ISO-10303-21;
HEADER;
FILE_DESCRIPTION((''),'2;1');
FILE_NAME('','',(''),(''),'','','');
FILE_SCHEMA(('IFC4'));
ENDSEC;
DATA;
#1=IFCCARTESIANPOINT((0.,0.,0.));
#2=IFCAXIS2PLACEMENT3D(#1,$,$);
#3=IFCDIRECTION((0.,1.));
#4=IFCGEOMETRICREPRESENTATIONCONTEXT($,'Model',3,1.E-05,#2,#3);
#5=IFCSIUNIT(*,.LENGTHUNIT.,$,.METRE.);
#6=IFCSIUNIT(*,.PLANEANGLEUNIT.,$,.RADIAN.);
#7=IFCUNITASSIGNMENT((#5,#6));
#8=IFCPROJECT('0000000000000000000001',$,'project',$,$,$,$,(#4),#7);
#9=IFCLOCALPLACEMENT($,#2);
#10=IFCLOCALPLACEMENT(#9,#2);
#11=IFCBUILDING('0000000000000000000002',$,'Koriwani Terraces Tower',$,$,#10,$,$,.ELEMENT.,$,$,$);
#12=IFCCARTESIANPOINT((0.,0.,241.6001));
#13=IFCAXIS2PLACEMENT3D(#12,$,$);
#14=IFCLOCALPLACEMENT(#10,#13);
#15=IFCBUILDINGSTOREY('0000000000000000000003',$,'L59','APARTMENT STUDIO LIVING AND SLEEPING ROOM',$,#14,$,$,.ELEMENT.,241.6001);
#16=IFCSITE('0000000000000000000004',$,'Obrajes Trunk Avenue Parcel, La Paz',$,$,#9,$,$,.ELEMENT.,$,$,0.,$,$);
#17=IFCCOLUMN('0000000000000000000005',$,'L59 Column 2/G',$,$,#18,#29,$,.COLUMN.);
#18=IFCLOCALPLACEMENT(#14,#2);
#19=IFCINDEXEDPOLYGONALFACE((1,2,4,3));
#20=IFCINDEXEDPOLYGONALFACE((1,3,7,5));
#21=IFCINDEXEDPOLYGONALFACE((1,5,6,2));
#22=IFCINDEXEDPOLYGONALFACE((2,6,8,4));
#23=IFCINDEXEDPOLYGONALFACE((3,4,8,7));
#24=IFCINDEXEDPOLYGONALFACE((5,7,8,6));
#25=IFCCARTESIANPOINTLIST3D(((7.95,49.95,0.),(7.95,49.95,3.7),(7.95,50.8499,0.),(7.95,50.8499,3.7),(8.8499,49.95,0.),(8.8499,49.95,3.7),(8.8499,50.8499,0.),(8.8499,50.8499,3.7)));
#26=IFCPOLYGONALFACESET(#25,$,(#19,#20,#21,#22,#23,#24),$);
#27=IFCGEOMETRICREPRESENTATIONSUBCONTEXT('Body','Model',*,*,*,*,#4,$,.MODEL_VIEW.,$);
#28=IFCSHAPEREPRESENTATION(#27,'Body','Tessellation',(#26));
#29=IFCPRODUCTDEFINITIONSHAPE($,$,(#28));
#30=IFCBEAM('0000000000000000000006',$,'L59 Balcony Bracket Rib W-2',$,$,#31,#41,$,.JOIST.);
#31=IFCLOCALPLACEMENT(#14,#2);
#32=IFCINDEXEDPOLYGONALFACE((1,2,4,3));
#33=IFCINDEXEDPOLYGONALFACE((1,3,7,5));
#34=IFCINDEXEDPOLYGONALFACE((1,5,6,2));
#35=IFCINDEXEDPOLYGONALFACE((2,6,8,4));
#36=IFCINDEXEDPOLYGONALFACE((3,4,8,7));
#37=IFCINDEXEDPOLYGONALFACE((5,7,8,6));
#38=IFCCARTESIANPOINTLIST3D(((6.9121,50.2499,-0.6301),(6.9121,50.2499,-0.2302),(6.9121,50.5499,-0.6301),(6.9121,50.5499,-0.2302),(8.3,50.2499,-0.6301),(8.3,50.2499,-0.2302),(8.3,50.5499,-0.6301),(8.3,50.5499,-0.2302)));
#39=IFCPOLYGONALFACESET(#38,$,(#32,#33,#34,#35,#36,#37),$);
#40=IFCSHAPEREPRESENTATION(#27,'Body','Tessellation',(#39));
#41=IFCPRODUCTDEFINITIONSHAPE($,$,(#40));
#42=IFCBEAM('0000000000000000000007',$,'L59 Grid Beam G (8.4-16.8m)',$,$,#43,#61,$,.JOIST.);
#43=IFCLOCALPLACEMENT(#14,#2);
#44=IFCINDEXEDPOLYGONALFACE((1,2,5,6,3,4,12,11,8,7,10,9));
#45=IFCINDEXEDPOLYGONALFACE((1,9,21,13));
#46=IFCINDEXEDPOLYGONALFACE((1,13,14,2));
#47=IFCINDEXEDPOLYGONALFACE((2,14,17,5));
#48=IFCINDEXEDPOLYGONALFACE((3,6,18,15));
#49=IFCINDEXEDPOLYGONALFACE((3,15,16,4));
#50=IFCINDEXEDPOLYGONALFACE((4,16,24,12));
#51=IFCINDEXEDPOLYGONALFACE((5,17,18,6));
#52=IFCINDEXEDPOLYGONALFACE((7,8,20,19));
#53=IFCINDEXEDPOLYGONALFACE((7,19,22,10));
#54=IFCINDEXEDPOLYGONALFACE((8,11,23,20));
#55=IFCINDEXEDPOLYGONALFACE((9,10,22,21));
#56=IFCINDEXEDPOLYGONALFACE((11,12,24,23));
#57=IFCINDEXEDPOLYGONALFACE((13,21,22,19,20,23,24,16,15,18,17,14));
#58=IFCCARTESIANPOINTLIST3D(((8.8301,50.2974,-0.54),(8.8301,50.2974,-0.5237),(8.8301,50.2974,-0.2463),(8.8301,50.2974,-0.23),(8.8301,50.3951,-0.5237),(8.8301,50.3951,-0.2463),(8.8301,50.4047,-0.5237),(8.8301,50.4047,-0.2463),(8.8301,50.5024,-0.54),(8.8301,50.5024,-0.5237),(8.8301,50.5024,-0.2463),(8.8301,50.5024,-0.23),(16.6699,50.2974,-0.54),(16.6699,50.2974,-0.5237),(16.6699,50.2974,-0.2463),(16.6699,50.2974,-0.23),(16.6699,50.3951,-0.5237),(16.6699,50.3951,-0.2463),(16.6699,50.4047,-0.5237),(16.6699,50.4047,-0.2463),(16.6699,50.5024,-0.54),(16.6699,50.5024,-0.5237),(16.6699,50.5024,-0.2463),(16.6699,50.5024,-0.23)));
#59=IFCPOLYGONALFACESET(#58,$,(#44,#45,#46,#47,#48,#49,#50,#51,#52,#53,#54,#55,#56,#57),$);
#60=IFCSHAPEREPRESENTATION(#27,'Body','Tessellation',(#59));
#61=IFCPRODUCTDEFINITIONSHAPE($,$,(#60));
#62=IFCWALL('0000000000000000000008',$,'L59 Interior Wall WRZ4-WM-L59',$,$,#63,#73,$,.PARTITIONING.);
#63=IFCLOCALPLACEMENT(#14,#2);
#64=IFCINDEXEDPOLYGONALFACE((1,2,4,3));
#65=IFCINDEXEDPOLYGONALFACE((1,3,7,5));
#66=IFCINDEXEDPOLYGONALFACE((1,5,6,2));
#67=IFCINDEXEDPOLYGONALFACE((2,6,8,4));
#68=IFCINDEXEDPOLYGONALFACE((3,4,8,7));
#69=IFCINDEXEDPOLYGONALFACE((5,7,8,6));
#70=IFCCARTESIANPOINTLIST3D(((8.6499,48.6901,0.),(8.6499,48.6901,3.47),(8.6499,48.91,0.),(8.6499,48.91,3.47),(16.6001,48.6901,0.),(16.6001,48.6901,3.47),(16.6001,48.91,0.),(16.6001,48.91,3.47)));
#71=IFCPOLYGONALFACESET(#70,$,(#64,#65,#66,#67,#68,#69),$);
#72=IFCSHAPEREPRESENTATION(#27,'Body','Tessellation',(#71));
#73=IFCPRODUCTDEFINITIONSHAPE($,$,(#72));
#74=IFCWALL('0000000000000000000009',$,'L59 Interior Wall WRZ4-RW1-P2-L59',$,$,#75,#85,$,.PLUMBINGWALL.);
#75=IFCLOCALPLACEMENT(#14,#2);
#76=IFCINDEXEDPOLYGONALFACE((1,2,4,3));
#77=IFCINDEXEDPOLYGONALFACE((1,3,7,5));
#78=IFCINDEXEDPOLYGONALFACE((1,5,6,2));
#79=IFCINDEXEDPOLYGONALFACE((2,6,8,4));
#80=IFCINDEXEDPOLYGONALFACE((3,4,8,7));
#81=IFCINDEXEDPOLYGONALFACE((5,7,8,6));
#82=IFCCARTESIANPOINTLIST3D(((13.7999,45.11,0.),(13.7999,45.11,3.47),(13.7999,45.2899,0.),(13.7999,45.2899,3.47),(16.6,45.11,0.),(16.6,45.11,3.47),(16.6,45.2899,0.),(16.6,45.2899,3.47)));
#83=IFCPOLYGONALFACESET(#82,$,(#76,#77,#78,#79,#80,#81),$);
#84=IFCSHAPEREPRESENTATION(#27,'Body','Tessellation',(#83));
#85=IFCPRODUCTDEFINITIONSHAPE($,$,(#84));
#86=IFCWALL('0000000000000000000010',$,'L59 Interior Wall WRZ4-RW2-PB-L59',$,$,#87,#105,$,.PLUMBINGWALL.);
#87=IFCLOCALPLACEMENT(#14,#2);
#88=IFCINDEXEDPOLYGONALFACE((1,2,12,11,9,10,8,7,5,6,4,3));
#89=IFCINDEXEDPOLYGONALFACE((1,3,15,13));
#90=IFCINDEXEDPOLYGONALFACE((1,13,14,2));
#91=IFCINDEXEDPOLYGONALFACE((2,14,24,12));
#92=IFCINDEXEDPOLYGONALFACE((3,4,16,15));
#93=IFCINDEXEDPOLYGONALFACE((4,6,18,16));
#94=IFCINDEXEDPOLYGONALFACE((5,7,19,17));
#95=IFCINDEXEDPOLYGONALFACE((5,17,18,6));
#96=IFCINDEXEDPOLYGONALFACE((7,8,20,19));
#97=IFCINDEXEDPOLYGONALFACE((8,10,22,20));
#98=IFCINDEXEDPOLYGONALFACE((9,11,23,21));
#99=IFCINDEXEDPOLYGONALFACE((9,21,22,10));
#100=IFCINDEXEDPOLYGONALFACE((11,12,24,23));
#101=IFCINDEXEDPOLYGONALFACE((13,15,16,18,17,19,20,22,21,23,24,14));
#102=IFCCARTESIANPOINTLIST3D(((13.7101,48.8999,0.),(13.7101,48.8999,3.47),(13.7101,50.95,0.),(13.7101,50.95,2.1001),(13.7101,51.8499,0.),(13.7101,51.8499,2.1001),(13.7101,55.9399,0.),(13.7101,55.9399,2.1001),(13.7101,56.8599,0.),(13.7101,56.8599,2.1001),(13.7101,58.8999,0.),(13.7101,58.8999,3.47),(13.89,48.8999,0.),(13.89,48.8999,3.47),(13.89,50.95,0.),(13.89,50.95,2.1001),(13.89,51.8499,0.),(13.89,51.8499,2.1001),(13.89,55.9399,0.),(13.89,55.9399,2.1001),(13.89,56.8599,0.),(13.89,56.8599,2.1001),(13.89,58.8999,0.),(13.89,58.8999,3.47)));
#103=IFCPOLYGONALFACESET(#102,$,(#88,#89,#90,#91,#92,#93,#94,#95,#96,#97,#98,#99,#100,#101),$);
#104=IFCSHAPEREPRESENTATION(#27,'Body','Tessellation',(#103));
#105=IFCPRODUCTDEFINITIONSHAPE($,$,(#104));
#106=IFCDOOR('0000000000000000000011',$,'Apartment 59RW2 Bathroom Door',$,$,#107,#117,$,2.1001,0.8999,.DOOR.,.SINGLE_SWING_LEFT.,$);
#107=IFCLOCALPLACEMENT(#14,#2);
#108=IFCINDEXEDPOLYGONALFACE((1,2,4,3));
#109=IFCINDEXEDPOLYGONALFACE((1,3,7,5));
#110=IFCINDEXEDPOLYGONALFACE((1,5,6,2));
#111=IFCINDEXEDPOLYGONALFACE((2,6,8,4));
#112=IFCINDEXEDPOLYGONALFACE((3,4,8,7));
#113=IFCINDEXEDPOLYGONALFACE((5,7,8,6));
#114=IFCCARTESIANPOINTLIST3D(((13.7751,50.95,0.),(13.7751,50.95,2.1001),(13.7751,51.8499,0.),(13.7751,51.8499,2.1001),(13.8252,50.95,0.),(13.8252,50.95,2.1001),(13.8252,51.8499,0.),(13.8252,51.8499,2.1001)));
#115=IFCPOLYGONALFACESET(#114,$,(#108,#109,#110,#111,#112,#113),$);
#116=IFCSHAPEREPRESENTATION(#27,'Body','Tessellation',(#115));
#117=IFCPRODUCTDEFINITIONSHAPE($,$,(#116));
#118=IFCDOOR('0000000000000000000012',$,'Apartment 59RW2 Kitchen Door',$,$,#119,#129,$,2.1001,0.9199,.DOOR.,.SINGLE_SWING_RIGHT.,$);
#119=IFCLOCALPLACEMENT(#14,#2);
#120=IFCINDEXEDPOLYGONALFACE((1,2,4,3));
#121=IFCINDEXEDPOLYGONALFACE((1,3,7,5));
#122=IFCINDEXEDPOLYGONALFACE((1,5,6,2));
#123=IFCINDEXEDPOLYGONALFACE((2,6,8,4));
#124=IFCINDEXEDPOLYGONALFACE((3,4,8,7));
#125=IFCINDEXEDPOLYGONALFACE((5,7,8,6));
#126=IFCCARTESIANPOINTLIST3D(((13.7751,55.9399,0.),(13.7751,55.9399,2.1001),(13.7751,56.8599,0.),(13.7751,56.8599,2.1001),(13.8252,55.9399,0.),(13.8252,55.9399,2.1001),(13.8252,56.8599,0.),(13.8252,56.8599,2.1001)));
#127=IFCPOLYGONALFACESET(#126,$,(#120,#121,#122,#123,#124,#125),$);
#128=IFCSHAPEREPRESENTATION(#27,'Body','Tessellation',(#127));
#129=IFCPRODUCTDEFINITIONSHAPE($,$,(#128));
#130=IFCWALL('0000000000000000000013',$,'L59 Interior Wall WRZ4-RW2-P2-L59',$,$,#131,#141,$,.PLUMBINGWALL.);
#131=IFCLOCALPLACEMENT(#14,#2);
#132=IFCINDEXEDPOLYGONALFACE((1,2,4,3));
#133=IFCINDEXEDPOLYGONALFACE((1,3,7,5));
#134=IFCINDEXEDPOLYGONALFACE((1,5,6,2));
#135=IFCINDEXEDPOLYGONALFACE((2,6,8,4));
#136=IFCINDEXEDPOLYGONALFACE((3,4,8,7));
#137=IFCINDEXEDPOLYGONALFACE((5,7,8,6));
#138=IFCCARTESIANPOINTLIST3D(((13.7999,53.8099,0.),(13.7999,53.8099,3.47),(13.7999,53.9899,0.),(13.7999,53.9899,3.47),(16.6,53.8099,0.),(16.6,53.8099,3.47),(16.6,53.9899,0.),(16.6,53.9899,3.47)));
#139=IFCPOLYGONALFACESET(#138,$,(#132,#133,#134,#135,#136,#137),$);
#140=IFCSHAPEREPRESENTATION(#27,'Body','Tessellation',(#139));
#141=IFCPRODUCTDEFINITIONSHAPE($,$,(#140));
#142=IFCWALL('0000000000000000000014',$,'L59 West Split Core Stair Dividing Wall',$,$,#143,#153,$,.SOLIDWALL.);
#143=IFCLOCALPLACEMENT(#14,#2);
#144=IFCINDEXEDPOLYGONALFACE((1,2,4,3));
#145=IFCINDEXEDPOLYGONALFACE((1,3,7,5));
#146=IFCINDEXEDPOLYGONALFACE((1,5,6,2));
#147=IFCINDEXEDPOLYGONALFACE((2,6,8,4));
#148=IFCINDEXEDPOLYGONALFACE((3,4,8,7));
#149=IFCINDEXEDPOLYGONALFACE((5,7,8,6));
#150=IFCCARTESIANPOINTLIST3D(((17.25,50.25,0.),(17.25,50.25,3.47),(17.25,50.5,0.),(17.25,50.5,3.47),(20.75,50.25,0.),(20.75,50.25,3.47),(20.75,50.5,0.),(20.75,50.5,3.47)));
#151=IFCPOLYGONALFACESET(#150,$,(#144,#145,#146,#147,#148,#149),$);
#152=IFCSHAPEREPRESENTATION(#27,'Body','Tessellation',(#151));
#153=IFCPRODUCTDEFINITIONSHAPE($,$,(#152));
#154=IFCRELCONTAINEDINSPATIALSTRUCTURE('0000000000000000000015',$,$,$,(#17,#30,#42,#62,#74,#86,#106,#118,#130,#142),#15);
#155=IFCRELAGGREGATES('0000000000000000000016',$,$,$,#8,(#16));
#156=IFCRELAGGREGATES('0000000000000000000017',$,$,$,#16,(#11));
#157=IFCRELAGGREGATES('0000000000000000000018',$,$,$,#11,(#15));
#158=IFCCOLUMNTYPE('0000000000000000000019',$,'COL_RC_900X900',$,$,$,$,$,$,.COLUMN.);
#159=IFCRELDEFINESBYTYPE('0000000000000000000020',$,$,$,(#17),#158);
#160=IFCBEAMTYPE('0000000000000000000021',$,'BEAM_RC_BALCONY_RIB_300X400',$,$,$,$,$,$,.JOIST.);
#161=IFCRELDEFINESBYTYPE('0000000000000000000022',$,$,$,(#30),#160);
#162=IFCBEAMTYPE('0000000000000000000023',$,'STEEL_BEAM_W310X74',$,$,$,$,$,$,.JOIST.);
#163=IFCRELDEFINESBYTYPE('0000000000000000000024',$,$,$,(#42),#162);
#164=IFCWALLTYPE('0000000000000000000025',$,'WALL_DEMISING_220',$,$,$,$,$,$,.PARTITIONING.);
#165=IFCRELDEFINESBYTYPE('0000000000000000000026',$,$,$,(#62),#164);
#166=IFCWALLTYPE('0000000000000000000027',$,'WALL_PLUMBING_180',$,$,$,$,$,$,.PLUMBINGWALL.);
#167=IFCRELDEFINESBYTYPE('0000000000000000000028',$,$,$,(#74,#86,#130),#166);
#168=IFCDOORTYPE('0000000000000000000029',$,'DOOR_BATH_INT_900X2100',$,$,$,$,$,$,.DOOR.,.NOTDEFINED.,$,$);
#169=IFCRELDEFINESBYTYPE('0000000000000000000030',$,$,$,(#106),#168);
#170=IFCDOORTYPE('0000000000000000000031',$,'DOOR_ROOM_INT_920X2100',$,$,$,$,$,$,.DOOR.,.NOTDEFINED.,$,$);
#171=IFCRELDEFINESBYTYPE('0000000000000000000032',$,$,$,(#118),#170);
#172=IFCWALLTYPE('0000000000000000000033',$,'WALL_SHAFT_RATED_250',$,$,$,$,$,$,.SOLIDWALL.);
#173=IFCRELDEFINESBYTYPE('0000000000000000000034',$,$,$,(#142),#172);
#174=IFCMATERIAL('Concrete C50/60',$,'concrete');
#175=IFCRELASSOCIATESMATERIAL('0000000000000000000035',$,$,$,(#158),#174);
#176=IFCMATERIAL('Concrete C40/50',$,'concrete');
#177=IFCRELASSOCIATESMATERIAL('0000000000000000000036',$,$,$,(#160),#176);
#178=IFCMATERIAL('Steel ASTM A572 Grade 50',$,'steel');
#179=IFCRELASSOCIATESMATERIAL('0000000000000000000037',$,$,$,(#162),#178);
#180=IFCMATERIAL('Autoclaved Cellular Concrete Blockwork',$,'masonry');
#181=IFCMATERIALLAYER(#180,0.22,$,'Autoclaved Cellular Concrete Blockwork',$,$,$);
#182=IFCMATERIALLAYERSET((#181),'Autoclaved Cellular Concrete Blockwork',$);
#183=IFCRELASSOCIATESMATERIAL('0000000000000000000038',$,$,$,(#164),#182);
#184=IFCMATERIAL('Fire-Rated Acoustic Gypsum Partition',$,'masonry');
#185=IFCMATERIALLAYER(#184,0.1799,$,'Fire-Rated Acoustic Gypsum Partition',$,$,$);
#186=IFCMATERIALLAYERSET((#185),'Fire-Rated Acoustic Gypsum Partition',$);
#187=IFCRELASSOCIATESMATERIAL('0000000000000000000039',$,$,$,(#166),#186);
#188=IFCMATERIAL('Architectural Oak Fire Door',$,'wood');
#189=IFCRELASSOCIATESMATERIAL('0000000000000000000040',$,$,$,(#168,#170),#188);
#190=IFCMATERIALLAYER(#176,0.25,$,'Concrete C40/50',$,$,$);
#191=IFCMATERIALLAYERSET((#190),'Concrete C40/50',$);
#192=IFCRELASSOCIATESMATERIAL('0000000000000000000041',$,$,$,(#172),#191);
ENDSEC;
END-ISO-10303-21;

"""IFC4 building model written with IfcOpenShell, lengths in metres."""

from ifc_helpers import new_model, si_unit, direction, frame, frame_2d, origin, origin_2d, place, context, subcontext, project, spatial, rectangle, i_section, extrude, material, layer, layer_set, material_profile, profile_set, type_object, element, fill, save


model = new_model("IFC4")

# Units and contexts
model_context = context("Model", 3, precision=1e-05, world=origin(), true_north=direction((0.0, 1.0)))
body_context = subcontext(model_context, "Body", "Model", "MODEL_VIEW")
ifc_project = project(units=[si_unit("LENGTHUNIT", "METRE"), si_unit("PLANEANGLEUNIT", "RADIAN")], contexts=[model_context])

# Site, building, storey
site_placement = place(None, origin())
site = spatial("IfcSite", under=ifc_project, at=site_placement, Name="Obrajes Trunk Avenue Parcel, La Paz", CompositionType="ELEMENT", RefElevation=0.0)
building_placement = place(site_placement, origin())
building = spatial("IfcBuilding", under=site, at=building_placement, Name="Koriwani Terraces Tower", CompositionType="ELEMENT")
storey_placement = place(building_placement, frame((0.0, 0.0, 241.6001)))
storey = spatial("IfcBuildingStorey", under=building, at=storey_placement, Name="L59", Description="APARTMENT STUDIO LIVING AND SLEEPING ROOM", CompositionType="ELEMENT", Elevation=241.6001)

# Column
ifc_material_1 = material(Name="Concrete C50/60", Category="concrete")
ifc_material_profile_1 = material_profile(ifc_material_1, rectangle(XDim=0.8999, YDim=0.8999, at=origin_2d()), Name="Concrete C50/60", Category="LoadBearing")
ifc_profile_set_1 = profile_set([ifc_material_profile_1], Name="Concrete C50/60")
column_type = type_object("IfcColumnType", Name="COL_RC_900X900", PredefinedType="COLUMN", material=ifc_profile_set_1)
column_placement = place(storey_placement, frame((8.3999, 50.3999, 0.0), z_axis=(0.0, 0.0, 1.0), x_axis=(1.0, 0.0, 0.0)))
element("IfcColumn", 1, at=column_placement, inside=storey, type_object=column_type, Name="L59 Column 2/G", PredefinedType="COLUMN", context=body_context, shape_type="SweptSolid", body=[
    extrude(rectangle(XDim=0.8999, YDim=0.8999, at=origin_2d()), origin(), (0.0, 0.0, 1.0), 3.7),
])

# Beams
ifc_material_2 = material(Name="Concrete C40/50", Category="concrete")
ifc_material_profile_2 = material_profile(ifc_material_2, rectangle(XDim=0.3, YDim=0.3999, at=origin_2d()), Name="Concrete C40/50", Category="LoadBearing")
ifc_profile_set_2 = profile_set([ifc_material_profile_2], Name="Concrete C40/50")
beam_type_1 = type_object("IfcBeamType", Name="BEAM_RC_BALCONY_RIB_300X400", PredefinedType="JOIST", material=ifc_profile_set_2)
beam_1_placement = place(storey_placement, frame((6.9121, 50.3999, -0.4302), z_axis=(1.0, 0.0, 0.0), x_axis=(0.0, 1.0, 0.0)))
element("IfcBeam", 2, at=beam_1_placement, inside=storey, type_object=beam_type_1, Name="L59 Balcony Bracket Rib W-2", PredefinedType="JOIST", context=body_context, shape_type="SweptSolid", body=[
    extrude(rectangle(XDim=0.3, YDim=0.3999, at=origin_2d()), origin(), (0.0, 0.0, 1.0), 1.3879),
])
ifc_material_3 = material(Name="Steel ASTM A572 Grade 50", Category="steel")
ifc_material_profile_3 = material_profile(ifc_material_3, i_section(OverallWidth=0.2051, OverallDepth=0.3101, WebThickness=0.0095, FlangeThickness=0.0164, at=origin_2d()), Name="Steel ASTM A572 Grade 50", Category="LoadBearing")
ifc_profile_set_3 = profile_set([ifc_material_profile_3], Name="Steel ASTM A572 Grade 50")
beam_type_2 = type_object("IfcBeamType", Name="STEEL_BEAM_W310X74", PredefinedType="JOIST", material=ifc_profile_set_3)
beam_2_placement = place(storey_placement, frame((8.8301, 50.3999, -0.385), z_axis=(1.0, 0.0, 0.0), x_axis=(0.0, 1.0, 0.0)))
element("IfcBeam", 3, at=beam_2_placement, inside=storey, type_object=beam_type_2, Name="L59 Grid Beam G (8.4-16.8m)", PredefinedType="JOIST", context=body_context, shape_type="SweptSolid", body=[
    extrude(i_section(OverallWidth=0.2051, OverallDepth=0.3101, WebThickness=0.0095, FlangeThickness=0.0164, at=origin_2d()), origin(), (0.0, 0.0, 1.0), 7.8398),
])

# Walls
ifc_material_4 = material(Name="Autoclaved Cellular Concrete Blockwork", Category="masonry")
ifc_layer_1 = layer(ifc_material_4, 0.22, Name="Autoclaved Cellular Concrete Blockwork")
ifc_layer_set_1 = layer_set([ifc_layer_1], Name="Autoclaved Cellular Concrete Blockwork")
wall_type_1 = type_object("IfcWallType", Name="WALL_DEMISING_220", PredefinedType="PARTITIONING", material=ifc_layer_set_1)
wall_1_placement = place(storey_placement, frame((8.6499, 48.8, 0.0), z_axis=(0.0, 0.0, 1.0), x_axis=(1.0, 0.0, 0.0)))
element("IfcWall", 4, at=wall_1_placement, inside=storey, type_object=wall_type_1, Name="L59 Interior Wall WRZ4-WM-L59", PredefinedType="PARTITIONING", context=body_context, shape_type="SweptSolid", body=[
    extrude(rectangle(XDim=7.9502, YDim=0.22, at=frame_2d((3.9751, 0.0))), origin(), (0.0, 0.0, 1.0), 3.47),
])
ifc_material_5 = material(Name="Fire-Rated Acoustic Gypsum Partition", Category="masonry")
ifc_layer_2 = layer(ifc_material_5, 0.1799, Name="Fire-Rated Acoustic Gypsum Partition")
ifc_layer_set_2 = layer_set([ifc_layer_2], Name="Fire-Rated Acoustic Gypsum Partition")
wall_type_2 = type_object("IfcWallType", Name="WALL_PLUMBING_180", PredefinedType="PLUMBINGWALL", material=ifc_layer_set_2)
wall_2_placement = place(storey_placement, frame((13.8, 45.2, 0.0), z_axis=(0.0, 0.0, 1.0), x_axis=(1.0, 0.0, 0.0)))
element("IfcWall", 5, at=wall_2_placement, inside=storey, type_object=wall_type_2, Name="L59 Interior Wall WRZ4-RW1-P2-L59", PredefinedType="PLUMBINGWALL", context=body_context, shape_type="SweptSolid", body=[
    extrude(rectangle(XDim=2.8, YDim=0.1799, at=frame_2d((1.3999, 0.0))), origin(), (0.0, 0.0, 1.0), 3.47),
])

# Wall, openings, doors
wall_3_placement = place(storey_placement, frame((13.8, 48.8999, 0.0), z_axis=(0.0, 0.0, 1.0), x_axis=(0.0, 1.0, 0.0)))
wall_3 = element("IfcWall", 6, at=wall_3_placement, inside=storey, type_object=wall_type_2, Name="L59 Interior Wall WRZ4-RW2-PB-L59", PredefinedType="PLUMBINGWALL", context=body_context, shape_type="SweptSolid", body=[
    extrude(rectangle(XDim=10.0, YDim=0.1799, at=frame_2d((5.0, 0.0))), origin(), (0.0, 0.0, 1.0), 3.47),
])
opening_1_placement = place(wall_3_placement, frame((2.05, 0.0, 0.0)))
opening_1 = element("IfcOpeningElement", 7, at=opening_1_placement, cuts=wall_3, PredefinedType="OPENING", context=body_context, shape_type="SweptSolid", body=[
    extrude(rectangle(XDim=0.8999, YDim=2.1001, at=frame_2d((0.45, 1.05))), frame((0.0, 0.1001, 0.0), z_axis=(0.0, -1.0, 0.0), x_axis=(1.0, 0.0, 0.0)), (0.0, 0.0, 1.0), 0.2),
])
opening_2_placement = place(wall_3_placement, frame((7.04, 0.0, 0.0)))
opening_2 = element("IfcOpeningElement", 8, at=opening_2_placement, cuts=wall_3, PredefinedType="OPENING", context=body_context, shape_type="SweptSolid", body=[
    extrude(rectangle(XDim=0.9199, YDim=2.1001, at=frame_2d((0.46, 1.05))), frame((0.0, 0.1001, 0.0), z_axis=(0.0, -1.0, 0.0), x_axis=(1.0, 0.0, 0.0)), (0.0, 0.0, 1.0), 0.2),
])
ifc_material_6 = material(Name="Architectural Oak Fire Door", Category="wood")
door_type_1 = type_object("IfcDoorType", Name="DOOR_BATH_INT_900X2100", OperationType="NOTDEFINED", PredefinedType="DOOR", material=ifc_material_6)
door_1_placement = place(opening_1_placement, origin())
door_1 = element("IfcDoor", 9, at=door_1_placement, inside=storey, type_object=door_type_1, Name="Apartment 59RW2 Bathroom Door", OperationType="SINGLE_SWING_LEFT", OverallHeight=2.1001, OverallWidth=0.8999, PredefinedType="DOOR", context=body_context, shape_type="SweptSolid", body=[
    extrude(rectangle(XDim=0.8999, YDim=2.1001, at=frame_2d((0.45, 1.05))), frame((0.0, 0.0249, 0.0), z_axis=(0.0, -1.0, 0.0), x_axis=(1.0, 0.0, 0.0)), (0.0, 0.0, 1.0), 0.05),
])
fill(opening_1, door_1)
door_type_2 = type_object("IfcDoorType", Name="DOOR_ROOM_INT_920X2100", OperationType="NOTDEFINED", PredefinedType="DOOR", material=ifc_material_6)
door_2_placement = place(opening_2_placement, origin())
door_2 = element("IfcDoor", 10, at=door_2_placement, inside=storey, type_object=door_type_2, Name="Apartment 59RW2 Kitchen Door", OperationType="SINGLE_SWING_RIGHT", OverallHeight=2.1001, OverallWidth=0.9199, PredefinedType="DOOR", context=body_context, shape_type="SweptSolid", body=[
    extrude(rectangle(XDim=0.9199, YDim=2.1001, at=frame_2d((0.46, 1.05))), frame((0.0, 0.0249, 0.0), z_axis=(0.0, -1.0, 0.0), x_axis=(1.0, 0.0, 0.0)), (0.0, 0.0, 1.0), 0.05),
])
fill(opening_2, door_2)

# Walls
wall_4_placement = place(storey_placement, frame((13.8, 53.8999, 0.0), z_axis=(0.0, 0.0, 1.0), x_axis=(1.0, 0.0, 0.0)))
element("IfcWall", 11, at=wall_4_placement, inside=storey, type_object=wall_type_2, Name="L59 Interior Wall WRZ4-RW2-P2-L59", PredefinedType="PLUMBINGWALL", context=body_context, shape_type="SweptSolid", body=[
    extrude(rectangle(XDim=2.8, YDim=0.1799, at=frame_2d((1.3999, 0.0))), origin(), (0.0, 0.0, 1.0), 3.47),
])
ifc_layer_3 = layer(ifc_material_2, 0.25, Name="Concrete C40/50")
ifc_layer_set_3 = layer_set([ifc_layer_3], Name="Concrete C40/50")
wall_type_3 = type_object("IfcWallType", Name="WALL_SHAFT_RATED_250", PredefinedType="SOLIDWALL", material=ifc_layer_set_3)
wall_5_placement = place(storey_placement, frame((17.25, 50.375, 0.0), z_axis=(0.0, 0.0, 1.0), x_axis=(1.0, 0.0, 0.0)))
element("IfcWall", 12, at=wall_5_placement, inside=storey, type_object=wall_type_3, Name="L59 West Split Core Stair Dividing Wall", PredefinedType="SOLIDWALL", context=body_context, shape_type="SweptSolid", body=[
    extrude(rectangle(XDim=3.5, YDim=0.25, at=frame_2d((1.75, 0.0))), origin(), (0.0, 0.0, 1.0), 3.47),
])

save(model, "model.ifc")
